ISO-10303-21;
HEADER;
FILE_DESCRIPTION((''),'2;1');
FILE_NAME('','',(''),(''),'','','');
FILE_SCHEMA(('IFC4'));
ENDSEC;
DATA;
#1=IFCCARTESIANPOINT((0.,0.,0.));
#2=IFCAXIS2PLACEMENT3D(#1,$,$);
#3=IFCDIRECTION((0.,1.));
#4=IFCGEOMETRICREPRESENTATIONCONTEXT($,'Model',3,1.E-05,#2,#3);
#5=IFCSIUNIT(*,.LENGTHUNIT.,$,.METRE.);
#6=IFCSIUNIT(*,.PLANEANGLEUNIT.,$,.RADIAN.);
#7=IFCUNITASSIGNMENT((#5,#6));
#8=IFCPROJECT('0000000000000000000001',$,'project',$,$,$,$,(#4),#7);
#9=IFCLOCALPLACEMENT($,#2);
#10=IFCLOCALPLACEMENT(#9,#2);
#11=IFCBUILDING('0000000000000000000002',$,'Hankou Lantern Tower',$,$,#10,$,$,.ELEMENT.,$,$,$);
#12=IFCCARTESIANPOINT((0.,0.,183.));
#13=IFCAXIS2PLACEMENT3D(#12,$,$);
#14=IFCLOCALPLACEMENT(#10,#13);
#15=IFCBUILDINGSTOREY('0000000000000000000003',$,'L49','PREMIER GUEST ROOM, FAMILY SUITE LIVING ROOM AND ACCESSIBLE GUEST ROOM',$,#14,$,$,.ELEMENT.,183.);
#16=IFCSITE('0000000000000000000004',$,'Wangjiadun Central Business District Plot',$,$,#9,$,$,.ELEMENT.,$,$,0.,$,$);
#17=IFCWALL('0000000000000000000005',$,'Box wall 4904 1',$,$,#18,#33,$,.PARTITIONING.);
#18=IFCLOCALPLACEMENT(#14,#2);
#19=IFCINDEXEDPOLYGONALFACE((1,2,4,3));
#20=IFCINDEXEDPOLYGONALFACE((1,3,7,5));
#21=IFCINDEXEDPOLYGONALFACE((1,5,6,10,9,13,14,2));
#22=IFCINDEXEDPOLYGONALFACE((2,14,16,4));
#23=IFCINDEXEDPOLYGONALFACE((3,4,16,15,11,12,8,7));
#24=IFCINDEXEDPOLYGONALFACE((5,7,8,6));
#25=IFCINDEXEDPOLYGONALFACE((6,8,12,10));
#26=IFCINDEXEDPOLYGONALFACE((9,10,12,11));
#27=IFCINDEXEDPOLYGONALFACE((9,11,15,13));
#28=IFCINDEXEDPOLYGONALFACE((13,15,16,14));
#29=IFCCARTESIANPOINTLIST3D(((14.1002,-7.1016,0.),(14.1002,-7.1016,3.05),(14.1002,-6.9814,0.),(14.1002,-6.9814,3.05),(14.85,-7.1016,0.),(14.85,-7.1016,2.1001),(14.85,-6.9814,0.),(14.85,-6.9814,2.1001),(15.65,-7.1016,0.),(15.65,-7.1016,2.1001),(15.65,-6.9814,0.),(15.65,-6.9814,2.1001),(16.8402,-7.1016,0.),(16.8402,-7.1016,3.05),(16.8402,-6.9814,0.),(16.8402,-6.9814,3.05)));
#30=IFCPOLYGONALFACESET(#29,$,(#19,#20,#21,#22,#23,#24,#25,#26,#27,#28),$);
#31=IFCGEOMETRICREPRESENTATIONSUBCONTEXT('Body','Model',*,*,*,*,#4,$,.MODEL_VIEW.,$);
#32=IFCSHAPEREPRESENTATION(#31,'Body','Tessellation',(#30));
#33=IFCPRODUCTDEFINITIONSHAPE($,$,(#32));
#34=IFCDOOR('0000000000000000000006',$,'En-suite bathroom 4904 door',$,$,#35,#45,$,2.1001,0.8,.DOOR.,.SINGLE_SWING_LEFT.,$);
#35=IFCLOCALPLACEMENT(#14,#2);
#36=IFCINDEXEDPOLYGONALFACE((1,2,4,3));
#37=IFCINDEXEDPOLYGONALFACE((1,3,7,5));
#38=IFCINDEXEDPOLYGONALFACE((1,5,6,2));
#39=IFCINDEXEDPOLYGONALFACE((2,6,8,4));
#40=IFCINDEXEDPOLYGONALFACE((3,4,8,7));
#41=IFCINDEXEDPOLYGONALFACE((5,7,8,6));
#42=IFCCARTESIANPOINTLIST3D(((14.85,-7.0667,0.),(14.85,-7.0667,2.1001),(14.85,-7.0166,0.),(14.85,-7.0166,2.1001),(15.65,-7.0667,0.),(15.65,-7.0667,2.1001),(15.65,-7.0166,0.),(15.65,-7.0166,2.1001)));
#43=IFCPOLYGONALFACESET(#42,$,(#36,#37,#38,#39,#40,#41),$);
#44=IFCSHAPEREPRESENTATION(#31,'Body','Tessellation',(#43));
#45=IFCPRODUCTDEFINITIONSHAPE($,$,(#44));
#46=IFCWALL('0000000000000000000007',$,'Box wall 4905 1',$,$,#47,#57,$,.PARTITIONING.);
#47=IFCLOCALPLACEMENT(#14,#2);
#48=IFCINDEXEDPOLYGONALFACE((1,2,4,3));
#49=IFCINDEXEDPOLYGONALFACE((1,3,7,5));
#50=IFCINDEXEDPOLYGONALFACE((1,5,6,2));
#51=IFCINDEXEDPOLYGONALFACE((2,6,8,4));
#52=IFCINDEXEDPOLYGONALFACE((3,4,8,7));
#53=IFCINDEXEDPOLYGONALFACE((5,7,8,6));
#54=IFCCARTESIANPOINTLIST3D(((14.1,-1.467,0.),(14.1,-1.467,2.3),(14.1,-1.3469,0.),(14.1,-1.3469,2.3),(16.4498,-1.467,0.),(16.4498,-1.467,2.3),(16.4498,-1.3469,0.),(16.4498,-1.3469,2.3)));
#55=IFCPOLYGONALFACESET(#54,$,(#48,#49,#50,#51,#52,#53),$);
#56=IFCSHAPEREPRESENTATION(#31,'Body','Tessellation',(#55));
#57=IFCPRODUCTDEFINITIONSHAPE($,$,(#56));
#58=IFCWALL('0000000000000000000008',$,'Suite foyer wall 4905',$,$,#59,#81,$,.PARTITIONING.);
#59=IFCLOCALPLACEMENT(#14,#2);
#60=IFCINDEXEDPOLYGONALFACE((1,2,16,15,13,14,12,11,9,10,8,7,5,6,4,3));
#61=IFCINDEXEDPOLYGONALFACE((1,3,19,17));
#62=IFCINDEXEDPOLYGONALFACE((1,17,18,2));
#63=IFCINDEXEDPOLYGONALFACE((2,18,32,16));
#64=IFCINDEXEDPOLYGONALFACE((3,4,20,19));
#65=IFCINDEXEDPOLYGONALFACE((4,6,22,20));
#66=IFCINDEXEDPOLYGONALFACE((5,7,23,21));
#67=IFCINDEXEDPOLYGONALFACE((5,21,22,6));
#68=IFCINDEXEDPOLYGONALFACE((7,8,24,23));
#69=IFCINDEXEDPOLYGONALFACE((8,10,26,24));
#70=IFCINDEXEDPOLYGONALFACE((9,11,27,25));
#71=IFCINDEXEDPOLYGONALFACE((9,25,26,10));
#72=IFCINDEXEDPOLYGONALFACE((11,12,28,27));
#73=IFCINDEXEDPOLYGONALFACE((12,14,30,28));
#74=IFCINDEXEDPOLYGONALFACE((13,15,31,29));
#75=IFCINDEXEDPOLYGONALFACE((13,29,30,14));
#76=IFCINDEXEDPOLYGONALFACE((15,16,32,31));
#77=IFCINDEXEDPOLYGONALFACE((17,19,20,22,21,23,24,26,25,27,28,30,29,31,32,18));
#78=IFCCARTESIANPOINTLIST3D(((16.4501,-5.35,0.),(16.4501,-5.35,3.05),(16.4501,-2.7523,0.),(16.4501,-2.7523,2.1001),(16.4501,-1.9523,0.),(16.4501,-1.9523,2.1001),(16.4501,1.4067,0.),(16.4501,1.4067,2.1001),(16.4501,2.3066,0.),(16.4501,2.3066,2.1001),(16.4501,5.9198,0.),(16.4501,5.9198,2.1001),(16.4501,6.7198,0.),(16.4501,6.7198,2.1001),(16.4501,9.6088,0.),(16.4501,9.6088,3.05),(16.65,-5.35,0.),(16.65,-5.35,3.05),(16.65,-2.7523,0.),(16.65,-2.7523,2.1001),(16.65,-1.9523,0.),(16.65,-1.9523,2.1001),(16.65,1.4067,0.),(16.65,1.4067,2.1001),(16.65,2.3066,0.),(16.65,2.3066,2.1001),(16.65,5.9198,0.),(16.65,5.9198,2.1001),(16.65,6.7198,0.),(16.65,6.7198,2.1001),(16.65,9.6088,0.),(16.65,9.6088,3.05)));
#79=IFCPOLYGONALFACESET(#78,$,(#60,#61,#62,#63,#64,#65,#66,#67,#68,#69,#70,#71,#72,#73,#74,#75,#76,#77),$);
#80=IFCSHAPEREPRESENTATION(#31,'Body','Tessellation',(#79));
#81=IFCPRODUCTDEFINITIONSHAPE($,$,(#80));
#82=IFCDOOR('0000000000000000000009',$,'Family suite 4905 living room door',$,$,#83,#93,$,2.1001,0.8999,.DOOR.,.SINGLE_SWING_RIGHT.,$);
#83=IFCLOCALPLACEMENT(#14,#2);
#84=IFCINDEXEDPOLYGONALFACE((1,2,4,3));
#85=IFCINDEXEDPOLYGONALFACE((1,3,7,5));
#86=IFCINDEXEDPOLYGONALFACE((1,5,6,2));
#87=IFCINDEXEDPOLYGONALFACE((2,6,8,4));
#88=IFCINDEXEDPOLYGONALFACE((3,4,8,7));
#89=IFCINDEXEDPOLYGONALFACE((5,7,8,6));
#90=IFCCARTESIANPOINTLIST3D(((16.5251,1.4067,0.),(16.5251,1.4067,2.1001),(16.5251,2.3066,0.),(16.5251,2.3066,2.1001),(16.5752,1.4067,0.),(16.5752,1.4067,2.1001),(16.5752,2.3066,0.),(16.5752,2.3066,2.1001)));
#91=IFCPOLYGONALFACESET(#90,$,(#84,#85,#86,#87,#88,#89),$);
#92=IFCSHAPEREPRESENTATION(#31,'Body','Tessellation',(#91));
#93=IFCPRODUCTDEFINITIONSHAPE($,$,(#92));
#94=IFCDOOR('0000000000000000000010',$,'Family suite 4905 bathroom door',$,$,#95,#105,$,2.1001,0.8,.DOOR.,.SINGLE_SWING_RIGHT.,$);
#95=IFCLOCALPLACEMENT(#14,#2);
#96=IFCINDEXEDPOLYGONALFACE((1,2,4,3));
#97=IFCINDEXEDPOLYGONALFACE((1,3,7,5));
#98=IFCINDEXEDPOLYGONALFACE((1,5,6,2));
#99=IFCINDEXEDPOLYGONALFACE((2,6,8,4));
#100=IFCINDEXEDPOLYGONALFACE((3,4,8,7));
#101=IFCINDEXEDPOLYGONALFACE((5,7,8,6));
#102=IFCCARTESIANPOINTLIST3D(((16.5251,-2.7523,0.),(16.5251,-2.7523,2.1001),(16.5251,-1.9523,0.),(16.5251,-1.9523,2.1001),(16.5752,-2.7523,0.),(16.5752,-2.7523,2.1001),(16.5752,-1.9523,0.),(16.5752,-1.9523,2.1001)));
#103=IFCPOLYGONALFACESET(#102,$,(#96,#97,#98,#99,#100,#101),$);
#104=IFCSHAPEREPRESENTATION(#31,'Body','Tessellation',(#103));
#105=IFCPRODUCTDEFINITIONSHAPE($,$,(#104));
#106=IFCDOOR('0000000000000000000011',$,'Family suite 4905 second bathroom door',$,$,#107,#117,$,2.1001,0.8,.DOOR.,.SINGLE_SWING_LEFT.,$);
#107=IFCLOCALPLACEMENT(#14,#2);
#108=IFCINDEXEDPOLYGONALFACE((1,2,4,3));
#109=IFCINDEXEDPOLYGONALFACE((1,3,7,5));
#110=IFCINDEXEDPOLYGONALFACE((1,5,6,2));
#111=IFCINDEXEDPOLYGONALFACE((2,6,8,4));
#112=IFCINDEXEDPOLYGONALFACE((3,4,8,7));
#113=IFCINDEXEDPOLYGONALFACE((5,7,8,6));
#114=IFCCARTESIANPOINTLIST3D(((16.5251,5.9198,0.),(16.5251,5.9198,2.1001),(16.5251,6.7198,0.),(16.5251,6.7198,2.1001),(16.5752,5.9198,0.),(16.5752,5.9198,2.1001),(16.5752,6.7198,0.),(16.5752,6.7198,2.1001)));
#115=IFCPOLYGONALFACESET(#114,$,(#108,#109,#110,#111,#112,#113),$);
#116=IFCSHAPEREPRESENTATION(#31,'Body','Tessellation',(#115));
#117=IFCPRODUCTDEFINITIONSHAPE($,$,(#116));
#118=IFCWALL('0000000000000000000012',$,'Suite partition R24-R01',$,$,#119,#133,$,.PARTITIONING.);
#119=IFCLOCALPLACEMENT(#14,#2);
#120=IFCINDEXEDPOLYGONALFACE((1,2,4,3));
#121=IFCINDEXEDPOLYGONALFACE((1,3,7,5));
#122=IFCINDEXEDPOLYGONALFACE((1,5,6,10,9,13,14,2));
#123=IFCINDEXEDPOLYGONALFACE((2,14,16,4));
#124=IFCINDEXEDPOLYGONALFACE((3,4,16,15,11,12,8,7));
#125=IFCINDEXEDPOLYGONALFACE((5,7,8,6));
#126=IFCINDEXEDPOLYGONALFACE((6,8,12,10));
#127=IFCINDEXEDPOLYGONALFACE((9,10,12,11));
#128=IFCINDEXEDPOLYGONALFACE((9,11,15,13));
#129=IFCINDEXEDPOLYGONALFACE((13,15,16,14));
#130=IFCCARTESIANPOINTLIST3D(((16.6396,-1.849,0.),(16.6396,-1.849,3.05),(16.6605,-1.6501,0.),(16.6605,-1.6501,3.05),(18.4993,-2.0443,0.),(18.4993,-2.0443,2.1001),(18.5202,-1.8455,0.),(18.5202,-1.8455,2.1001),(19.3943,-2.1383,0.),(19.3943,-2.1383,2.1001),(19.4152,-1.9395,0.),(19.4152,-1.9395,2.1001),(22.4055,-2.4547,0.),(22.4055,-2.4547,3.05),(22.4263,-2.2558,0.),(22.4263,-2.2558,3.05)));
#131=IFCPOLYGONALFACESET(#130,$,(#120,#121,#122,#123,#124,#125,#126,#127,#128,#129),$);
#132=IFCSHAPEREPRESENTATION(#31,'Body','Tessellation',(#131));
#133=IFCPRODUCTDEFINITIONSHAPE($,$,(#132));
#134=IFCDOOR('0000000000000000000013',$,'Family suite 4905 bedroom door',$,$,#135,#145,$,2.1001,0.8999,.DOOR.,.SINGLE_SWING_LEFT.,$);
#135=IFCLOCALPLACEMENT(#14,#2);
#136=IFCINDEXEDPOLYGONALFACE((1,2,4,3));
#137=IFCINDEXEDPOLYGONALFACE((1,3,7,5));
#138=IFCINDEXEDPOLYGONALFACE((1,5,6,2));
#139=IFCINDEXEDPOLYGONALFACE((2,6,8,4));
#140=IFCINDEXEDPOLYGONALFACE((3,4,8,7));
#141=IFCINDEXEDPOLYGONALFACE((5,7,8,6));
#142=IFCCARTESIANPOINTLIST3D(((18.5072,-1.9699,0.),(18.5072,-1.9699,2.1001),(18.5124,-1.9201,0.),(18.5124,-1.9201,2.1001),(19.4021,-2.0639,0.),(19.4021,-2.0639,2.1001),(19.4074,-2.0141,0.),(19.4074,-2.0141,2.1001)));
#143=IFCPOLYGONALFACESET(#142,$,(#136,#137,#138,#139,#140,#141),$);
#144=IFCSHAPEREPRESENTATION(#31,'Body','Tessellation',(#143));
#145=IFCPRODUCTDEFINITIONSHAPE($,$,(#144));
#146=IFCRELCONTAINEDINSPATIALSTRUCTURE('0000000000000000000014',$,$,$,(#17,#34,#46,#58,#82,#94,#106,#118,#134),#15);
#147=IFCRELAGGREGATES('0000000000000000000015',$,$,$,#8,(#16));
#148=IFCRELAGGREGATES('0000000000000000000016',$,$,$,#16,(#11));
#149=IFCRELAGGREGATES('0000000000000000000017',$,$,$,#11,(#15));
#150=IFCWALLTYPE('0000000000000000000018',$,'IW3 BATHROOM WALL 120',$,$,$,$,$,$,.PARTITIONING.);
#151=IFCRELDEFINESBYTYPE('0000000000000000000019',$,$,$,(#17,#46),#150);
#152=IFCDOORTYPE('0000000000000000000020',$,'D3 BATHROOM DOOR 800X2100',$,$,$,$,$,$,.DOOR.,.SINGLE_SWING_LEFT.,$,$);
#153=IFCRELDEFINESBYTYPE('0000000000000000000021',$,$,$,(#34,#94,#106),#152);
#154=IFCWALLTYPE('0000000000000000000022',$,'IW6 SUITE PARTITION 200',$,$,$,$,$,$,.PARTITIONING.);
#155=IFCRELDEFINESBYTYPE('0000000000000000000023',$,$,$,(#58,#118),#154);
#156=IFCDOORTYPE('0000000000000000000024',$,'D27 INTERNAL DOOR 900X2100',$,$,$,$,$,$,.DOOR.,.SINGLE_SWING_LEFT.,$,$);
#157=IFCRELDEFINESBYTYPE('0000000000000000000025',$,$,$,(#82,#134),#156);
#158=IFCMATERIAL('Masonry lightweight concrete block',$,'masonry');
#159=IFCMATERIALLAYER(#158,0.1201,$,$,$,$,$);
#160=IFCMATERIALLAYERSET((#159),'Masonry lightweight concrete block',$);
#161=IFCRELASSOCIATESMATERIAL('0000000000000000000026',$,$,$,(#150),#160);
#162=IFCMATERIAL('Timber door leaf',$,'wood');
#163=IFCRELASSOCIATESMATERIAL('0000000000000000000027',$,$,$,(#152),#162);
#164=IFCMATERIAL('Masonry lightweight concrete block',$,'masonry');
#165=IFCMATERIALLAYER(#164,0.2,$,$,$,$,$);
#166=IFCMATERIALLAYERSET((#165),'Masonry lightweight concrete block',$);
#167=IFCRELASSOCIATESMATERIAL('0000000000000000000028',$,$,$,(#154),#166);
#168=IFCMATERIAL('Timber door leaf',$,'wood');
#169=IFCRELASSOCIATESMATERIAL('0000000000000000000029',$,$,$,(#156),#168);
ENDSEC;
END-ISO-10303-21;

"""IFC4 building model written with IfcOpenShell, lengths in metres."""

from ifc_helpers import new_model, si_unit, direction, frame, frame_2d, origin, place, context, subcontext, project, spatial, rectangle, extrude, material, layer, layer_set, type_object, element, fill, save


model = new_model("IFC4")

# Units and contexts
model_context = context("Model", 3, precision=1e-05, world=origin(), true_north=direction((0.0, 1.0)))
body_context = subcontext(model_context, "Body", "Model", "MODEL_VIEW")
ifc_project = project(units=[si_unit("LENGTHUNIT", "METRE"), si_unit("PLANEANGLEUNIT", "RADIAN")], contexts=[model_context])

# Site, building, storey
site_placement = place(None, origin())
site = spatial("IfcSite", under=ifc_project, at=site_placement, Name="Wangjiadun Central Business District Plot", CompositionType="ELEMENT", RefElevation=0.0)
building_placement = place(site_placement, origin())
building = spatial("IfcBuilding", under=site, at=building_placement, Name="Hankou Lantern Tower", CompositionType="ELEMENT")
storey_placement = place(building_placement, frame((0.0, 0.0, 183.0)))
storey = spatial("IfcBuildingStorey", under=building, at=storey_placement, Name="L49", Description="PREMIER GUEST ROOM, FAMILY SUITE LIVING ROOM AND ACCESSIBLE GUEST ROOM", CompositionType="ELEMENT", Elevation=183.0)

# Wall, opening, door
ifc_material_1 = material(Name="Masonry lightweight concrete block", Category="masonry")
ifc_layer_1 = layer(ifc_material_1, 0.1201)
ifc_layer_set_1 = layer_set([ifc_layer_1], Name="Masonry lightweight concrete block")
wall_type_1 = type_object("IfcWallType", Name="IW3 BATHROOM WALL 120", PredefinedType="PARTITIONING", material=ifc_layer_set_1)
wall_1_placement = place(storey_placement, frame((14.1001, -7.0415, 0.0), z_axis=(0.0, 0.0, 1.0), x_axis=(1.0, 0.0, 0.0)))
wall_1 = element("IfcWall", 1, at=wall_1_placement, inside=storey, type_object=wall_type_1, Name="Box wall 4904 1", PredefinedType="PARTITIONING", context=body_context, shape_type="SweptSolid", body=[
    extrude(rectangle(XDim=2.74, YDim=0.1201, at=frame_2d((1.3701, 0.0))), origin(), (0.0, 0.0, 1.0), 3.05),
])
opening_1_placement = place(wall_1_placement, frame((0.75, 0.0, 0.0)))
opening_1 = element("IfcOpeningElement", 2, at=opening_1_placement, cuts=wall_1, PredefinedType="OPENING", context=body_context, shape_type="SweptSolid", body=[
    extrude(rectangle(XDim=0.8, YDim=2.1001, at=frame_2d((0.3999, 1.05))), frame((0.0, 0.0701, 0.0), z_axis=(0.0, -1.0, 0.0), x_axis=(1.0, 0.0, 0.0)), (0.0, 0.0, 1.0), 0.1401),
])
ifc_material_2 = material(Name="Timber door leaf", Category="wood")
door_type_1 = type_object("IfcDoorType", Name="D3 BATHROOM DOOR 800X2100", OperationType="SINGLE_SWING_LEFT", PredefinedType="DOOR", material=ifc_material_2)
door_1_placement = place(opening_1_placement, origin())
door_1 = element("IfcDoor", 3, at=door_1_placement, inside=storey, type_object=door_type_1, Name="En-suite bathroom 4904 door", OperationType="SINGLE_SWING_LEFT", OverallHeight=2.1001, OverallWidth=0.8, PredefinedType="DOOR", context=body_context, shape_type="SweptSolid", body=[
    extrude(rectangle(XDim=0.8, YDim=2.1001, at=frame_2d((0.3999, 1.05))), frame((0.0, 0.0249, 0.0), z_axis=(0.0, -1.0, 0.0), x_axis=(1.0, 0.0, 0.0)), (0.0, 0.0, 1.0), 0.05),
])
fill(opening_1, door_1)

# Wall
wall_2_placement = place(storey_placement, frame((14.1001, -1.407, 0.0), z_axis=(0.0, 0.0, 1.0), x_axis=(1.0, 0.0, 0.0)))
element("IfcWall", 4, at=wall_2_placement, inside=storey, type_object=wall_type_1, Name="Box wall 4905 1", PredefinedType="PARTITIONING", context=body_context, shape_type="SweptSolid", body=[
    extrude(rectangle(XDim=2.3499, YDim=0.1201, at=frame_2d((1.1748, 0.0))), origin(), (0.0, 0.0, 1.0), 2.3),
])

# Wall, openings, doors
ifc_material_3 = material(Name="Masonry lightweight concrete block", Category="masonry")
ifc_layer_2 = layer(ifc_material_3, 0.2)
ifc_layer_set_2 = layer_set([ifc_layer_2], Name="Masonry lightweight concrete block")
wall_type_2 = type_object("IfcWallType", Name="IW6 SUITE PARTITION 200", PredefinedType="PARTITIONING", material=ifc_layer_set_2)
wall_3_placement = place(storey_placement, frame((16.55, -5.3501, 0.0), z_axis=(0.0, 0.0, 1.0), x_axis=(0.0, 1.0, 0.0)))
wall_3 = element("IfcWall", 5, at=wall_3_placement, inside=storey, type_object=wall_type_2, Name="Suite foyer wall 4905", PredefinedType="PARTITIONING", context=body_context, shape_type="SweptSolid", body=[
    extrude(rectangle(XDim=14.9587, YDim=0.2, at=frame_2d((7.4795, 0.0))), origin(), (0.0, 0.0, 1.0), 3.05),
])
opening_2_placement = place(wall_3_placement, frame((2.5979, 0.0, 0.0)))
opening_2 = element("IfcOpeningElement", 6, at=opening_2_placement, cuts=wall_3, PredefinedType="OPENING", context=body_context, shape_type="SweptSolid", body=[
    extrude(rectangle(XDim=0.8, YDim=2.1001, at=frame_2d((0.3999, 1.05))), frame((0.0, 0.1099, 0.0), z_axis=(0.0, -1.0, 0.0), x_axis=(1.0, 0.0, 0.0)), (0.0, 0.0, 1.0), 0.22),
])
opening_3_placement = place(wall_3_placement, frame((11.27, 0.0, 0.0)))
opening_3 = element("IfcOpeningElement", 7, at=opening_3_placement, cuts=wall_3, PredefinedType="OPENING", context=body_context, shape_type="SweptSolid", body=[
    extrude(rectangle(XDim=0.8, YDim=2.1001, at=frame_2d((0.3999, 1.05))), frame((0.0, 0.1099, 0.0), z_axis=(0.0, -1.0, 0.0), x_axis=(1.0, 0.0, 0.0)), (0.0, 0.0, 1.0), 0.22),
])
opening_4_placement = place(wall_3_placement, frame((6.7568, 0.0, 0.0)))
opening_4 = element("IfcOpeningElement", 8, at=opening_4_placement, cuts=wall_3, PredefinedType="OPENING", context=body_context, shape_type="SweptSolid", body=[
    extrude(rectangle(XDim=0.8999, YDim=2.1001, at=frame_2d((0.45, 1.05))), frame((0.0, 0.1099, 0.0), z_axis=(0.0, -1.0, 0.0), x_axis=(1.0, 0.0, 0.0)), (0.0, 0.0, 1.0), 0.22),
])
ifc_material_4 = material(Name="Timber door leaf", Category="wood")
door_type_2 = type_object("IfcDoorType", Name="D27 INTERNAL DOOR 900X2100", OperationType="SINGLE_SWING_LEFT", PredefinedType="DOOR", material=ifc_material_4)
door_2_placement = place(opening_4_placement, origin())
door_2 = element("IfcDoor", 9, at=door_2_placement, inside=storey, type_object=door_type_2, Name="Family suite 4905 living room door", OperationType="SINGLE_SWING_RIGHT", OverallHeight=2.1001, OverallWidth=0.8999, PredefinedType="DOOR", context=body_context, shape_type="SweptSolid", body=[
    extrude(rectangle(XDim=0.8999, YDim=2.1001, at=frame_2d((0.45, 1.05))), frame((0.0, 0.0249, 0.0), z_axis=(0.0, -1.0, 0.0), x_axis=(1.0, 0.0, 0.0)), (0.0, 0.0, 1.0), 0.05),
])
fill(opening_4, door_2)
door_3_placement = place(opening_2_placement, origin())
door_3 = element("IfcDoor", 10, at=door_3_placement, inside=storey, type_object=door_type_1, Name="Family suite 4905 bathroom door", OperationType="SINGLE_SWING_RIGHT", OverallHeight=2.1001, OverallWidth=0.8, PredefinedType="DOOR", context=body_context, shape_type="SweptSolid", body=[
    extrude(rectangle(XDim=0.8, YDim=2.1001, at=frame_2d((0.3999, 1.05))), frame((0.0, 0.0249, 0.0), z_axis=(0.0, -1.0, 0.0), x_axis=(1.0, 0.0, 0.0)), (0.0, 0.0, 1.0), 0.05),
])
fill(opening_2, door_3)
door_4_placement = place(opening_3_placement, origin())
door_4 = element("IfcDoor", 11, at=door_4_placement, inside=storey, type_object=door_type_1, Name="Family suite 4905 second bathroom door", OperationType="SINGLE_SWING_LEFT", OverallHeight=2.1001, OverallWidth=0.8, PredefinedType="DOOR", context=body_context, shape_type="SweptSolid", body=[
    extrude(rectangle(XDim=0.8, YDim=2.1001, at=frame_2d((0.3999, 1.05))), frame((0.0, 0.0249, 0.0), z_axis=(0.0, -1.0, 0.0), x_axis=(1.0, 0.0, 0.0)), (0.0, 0.0, 1.0), 0.05),
])
fill(opening_3, door_4)

# Wall, opening, door
wall_4_placement = place(storey_placement, frame((16.6499, -1.7495, 0.0), z_axis=(0.0, 0.0, 1.0), x_axis=(0.994527, -0.104477, 0.0)))
wall_4 = element("IfcWall", 12, at=wall_4_placement, inside=storey, type_object=wall_type_2, Name="Suite partition R24-R01", PredefinedType="PARTITIONING", context=body_context, shape_type="SweptSolid", body=[
    extrude(rectangle(XDim=5.7976, YDim=0.2, at=frame_2d((2.8989, 0.0))), origin(), (0.0, 0.0, 1.0), 3.05),
])
opening_5_placement = place(wall_4_placement, frame((1.8701, 0.0, 0.0)))
opening_5 = element("IfcOpeningElement", 13, at=opening_5_placement, cuts=wall_4, PredefinedType="OPENING", context=body_context, shape_type="SweptSolid", body=[
    extrude(rectangle(XDim=0.8999, YDim=2.1001, at=frame_2d((0.45, 1.05))), frame((0.0, 0.1099, 0.0), z_axis=(0.0, -1.0, 0.0), x_axis=(1.0, 0.0, 0.0)), (0.0, 0.0, 1.0), 0.22),
])
door_5_placement = place(opening_5_placement, origin())
door_5 = element("IfcDoor", 14, at=door_5_placement, inside=storey, type_object=door_type_2, Name="Family suite 4905 bedroom door", OperationType="SINGLE_SWING_LEFT", OverallHeight=2.1001, OverallWidth=0.8999, PredefinedType="DOOR", context=body_context, shape_type="SweptSolid", body=[
    extrude(rectangle(XDim=0.8999, YDim=2.1001, at=frame_2d((0.45, 1.05))), frame((0.0, 0.0249, 0.0), z_axis=(0.0, -1.0, 0.0), x_axis=(1.0, 0.0, 0.0)), (0.0, 0.0, 1.0), 0.05),
])
fill(opening_5, door_5)

save(model, "model.ifc")
